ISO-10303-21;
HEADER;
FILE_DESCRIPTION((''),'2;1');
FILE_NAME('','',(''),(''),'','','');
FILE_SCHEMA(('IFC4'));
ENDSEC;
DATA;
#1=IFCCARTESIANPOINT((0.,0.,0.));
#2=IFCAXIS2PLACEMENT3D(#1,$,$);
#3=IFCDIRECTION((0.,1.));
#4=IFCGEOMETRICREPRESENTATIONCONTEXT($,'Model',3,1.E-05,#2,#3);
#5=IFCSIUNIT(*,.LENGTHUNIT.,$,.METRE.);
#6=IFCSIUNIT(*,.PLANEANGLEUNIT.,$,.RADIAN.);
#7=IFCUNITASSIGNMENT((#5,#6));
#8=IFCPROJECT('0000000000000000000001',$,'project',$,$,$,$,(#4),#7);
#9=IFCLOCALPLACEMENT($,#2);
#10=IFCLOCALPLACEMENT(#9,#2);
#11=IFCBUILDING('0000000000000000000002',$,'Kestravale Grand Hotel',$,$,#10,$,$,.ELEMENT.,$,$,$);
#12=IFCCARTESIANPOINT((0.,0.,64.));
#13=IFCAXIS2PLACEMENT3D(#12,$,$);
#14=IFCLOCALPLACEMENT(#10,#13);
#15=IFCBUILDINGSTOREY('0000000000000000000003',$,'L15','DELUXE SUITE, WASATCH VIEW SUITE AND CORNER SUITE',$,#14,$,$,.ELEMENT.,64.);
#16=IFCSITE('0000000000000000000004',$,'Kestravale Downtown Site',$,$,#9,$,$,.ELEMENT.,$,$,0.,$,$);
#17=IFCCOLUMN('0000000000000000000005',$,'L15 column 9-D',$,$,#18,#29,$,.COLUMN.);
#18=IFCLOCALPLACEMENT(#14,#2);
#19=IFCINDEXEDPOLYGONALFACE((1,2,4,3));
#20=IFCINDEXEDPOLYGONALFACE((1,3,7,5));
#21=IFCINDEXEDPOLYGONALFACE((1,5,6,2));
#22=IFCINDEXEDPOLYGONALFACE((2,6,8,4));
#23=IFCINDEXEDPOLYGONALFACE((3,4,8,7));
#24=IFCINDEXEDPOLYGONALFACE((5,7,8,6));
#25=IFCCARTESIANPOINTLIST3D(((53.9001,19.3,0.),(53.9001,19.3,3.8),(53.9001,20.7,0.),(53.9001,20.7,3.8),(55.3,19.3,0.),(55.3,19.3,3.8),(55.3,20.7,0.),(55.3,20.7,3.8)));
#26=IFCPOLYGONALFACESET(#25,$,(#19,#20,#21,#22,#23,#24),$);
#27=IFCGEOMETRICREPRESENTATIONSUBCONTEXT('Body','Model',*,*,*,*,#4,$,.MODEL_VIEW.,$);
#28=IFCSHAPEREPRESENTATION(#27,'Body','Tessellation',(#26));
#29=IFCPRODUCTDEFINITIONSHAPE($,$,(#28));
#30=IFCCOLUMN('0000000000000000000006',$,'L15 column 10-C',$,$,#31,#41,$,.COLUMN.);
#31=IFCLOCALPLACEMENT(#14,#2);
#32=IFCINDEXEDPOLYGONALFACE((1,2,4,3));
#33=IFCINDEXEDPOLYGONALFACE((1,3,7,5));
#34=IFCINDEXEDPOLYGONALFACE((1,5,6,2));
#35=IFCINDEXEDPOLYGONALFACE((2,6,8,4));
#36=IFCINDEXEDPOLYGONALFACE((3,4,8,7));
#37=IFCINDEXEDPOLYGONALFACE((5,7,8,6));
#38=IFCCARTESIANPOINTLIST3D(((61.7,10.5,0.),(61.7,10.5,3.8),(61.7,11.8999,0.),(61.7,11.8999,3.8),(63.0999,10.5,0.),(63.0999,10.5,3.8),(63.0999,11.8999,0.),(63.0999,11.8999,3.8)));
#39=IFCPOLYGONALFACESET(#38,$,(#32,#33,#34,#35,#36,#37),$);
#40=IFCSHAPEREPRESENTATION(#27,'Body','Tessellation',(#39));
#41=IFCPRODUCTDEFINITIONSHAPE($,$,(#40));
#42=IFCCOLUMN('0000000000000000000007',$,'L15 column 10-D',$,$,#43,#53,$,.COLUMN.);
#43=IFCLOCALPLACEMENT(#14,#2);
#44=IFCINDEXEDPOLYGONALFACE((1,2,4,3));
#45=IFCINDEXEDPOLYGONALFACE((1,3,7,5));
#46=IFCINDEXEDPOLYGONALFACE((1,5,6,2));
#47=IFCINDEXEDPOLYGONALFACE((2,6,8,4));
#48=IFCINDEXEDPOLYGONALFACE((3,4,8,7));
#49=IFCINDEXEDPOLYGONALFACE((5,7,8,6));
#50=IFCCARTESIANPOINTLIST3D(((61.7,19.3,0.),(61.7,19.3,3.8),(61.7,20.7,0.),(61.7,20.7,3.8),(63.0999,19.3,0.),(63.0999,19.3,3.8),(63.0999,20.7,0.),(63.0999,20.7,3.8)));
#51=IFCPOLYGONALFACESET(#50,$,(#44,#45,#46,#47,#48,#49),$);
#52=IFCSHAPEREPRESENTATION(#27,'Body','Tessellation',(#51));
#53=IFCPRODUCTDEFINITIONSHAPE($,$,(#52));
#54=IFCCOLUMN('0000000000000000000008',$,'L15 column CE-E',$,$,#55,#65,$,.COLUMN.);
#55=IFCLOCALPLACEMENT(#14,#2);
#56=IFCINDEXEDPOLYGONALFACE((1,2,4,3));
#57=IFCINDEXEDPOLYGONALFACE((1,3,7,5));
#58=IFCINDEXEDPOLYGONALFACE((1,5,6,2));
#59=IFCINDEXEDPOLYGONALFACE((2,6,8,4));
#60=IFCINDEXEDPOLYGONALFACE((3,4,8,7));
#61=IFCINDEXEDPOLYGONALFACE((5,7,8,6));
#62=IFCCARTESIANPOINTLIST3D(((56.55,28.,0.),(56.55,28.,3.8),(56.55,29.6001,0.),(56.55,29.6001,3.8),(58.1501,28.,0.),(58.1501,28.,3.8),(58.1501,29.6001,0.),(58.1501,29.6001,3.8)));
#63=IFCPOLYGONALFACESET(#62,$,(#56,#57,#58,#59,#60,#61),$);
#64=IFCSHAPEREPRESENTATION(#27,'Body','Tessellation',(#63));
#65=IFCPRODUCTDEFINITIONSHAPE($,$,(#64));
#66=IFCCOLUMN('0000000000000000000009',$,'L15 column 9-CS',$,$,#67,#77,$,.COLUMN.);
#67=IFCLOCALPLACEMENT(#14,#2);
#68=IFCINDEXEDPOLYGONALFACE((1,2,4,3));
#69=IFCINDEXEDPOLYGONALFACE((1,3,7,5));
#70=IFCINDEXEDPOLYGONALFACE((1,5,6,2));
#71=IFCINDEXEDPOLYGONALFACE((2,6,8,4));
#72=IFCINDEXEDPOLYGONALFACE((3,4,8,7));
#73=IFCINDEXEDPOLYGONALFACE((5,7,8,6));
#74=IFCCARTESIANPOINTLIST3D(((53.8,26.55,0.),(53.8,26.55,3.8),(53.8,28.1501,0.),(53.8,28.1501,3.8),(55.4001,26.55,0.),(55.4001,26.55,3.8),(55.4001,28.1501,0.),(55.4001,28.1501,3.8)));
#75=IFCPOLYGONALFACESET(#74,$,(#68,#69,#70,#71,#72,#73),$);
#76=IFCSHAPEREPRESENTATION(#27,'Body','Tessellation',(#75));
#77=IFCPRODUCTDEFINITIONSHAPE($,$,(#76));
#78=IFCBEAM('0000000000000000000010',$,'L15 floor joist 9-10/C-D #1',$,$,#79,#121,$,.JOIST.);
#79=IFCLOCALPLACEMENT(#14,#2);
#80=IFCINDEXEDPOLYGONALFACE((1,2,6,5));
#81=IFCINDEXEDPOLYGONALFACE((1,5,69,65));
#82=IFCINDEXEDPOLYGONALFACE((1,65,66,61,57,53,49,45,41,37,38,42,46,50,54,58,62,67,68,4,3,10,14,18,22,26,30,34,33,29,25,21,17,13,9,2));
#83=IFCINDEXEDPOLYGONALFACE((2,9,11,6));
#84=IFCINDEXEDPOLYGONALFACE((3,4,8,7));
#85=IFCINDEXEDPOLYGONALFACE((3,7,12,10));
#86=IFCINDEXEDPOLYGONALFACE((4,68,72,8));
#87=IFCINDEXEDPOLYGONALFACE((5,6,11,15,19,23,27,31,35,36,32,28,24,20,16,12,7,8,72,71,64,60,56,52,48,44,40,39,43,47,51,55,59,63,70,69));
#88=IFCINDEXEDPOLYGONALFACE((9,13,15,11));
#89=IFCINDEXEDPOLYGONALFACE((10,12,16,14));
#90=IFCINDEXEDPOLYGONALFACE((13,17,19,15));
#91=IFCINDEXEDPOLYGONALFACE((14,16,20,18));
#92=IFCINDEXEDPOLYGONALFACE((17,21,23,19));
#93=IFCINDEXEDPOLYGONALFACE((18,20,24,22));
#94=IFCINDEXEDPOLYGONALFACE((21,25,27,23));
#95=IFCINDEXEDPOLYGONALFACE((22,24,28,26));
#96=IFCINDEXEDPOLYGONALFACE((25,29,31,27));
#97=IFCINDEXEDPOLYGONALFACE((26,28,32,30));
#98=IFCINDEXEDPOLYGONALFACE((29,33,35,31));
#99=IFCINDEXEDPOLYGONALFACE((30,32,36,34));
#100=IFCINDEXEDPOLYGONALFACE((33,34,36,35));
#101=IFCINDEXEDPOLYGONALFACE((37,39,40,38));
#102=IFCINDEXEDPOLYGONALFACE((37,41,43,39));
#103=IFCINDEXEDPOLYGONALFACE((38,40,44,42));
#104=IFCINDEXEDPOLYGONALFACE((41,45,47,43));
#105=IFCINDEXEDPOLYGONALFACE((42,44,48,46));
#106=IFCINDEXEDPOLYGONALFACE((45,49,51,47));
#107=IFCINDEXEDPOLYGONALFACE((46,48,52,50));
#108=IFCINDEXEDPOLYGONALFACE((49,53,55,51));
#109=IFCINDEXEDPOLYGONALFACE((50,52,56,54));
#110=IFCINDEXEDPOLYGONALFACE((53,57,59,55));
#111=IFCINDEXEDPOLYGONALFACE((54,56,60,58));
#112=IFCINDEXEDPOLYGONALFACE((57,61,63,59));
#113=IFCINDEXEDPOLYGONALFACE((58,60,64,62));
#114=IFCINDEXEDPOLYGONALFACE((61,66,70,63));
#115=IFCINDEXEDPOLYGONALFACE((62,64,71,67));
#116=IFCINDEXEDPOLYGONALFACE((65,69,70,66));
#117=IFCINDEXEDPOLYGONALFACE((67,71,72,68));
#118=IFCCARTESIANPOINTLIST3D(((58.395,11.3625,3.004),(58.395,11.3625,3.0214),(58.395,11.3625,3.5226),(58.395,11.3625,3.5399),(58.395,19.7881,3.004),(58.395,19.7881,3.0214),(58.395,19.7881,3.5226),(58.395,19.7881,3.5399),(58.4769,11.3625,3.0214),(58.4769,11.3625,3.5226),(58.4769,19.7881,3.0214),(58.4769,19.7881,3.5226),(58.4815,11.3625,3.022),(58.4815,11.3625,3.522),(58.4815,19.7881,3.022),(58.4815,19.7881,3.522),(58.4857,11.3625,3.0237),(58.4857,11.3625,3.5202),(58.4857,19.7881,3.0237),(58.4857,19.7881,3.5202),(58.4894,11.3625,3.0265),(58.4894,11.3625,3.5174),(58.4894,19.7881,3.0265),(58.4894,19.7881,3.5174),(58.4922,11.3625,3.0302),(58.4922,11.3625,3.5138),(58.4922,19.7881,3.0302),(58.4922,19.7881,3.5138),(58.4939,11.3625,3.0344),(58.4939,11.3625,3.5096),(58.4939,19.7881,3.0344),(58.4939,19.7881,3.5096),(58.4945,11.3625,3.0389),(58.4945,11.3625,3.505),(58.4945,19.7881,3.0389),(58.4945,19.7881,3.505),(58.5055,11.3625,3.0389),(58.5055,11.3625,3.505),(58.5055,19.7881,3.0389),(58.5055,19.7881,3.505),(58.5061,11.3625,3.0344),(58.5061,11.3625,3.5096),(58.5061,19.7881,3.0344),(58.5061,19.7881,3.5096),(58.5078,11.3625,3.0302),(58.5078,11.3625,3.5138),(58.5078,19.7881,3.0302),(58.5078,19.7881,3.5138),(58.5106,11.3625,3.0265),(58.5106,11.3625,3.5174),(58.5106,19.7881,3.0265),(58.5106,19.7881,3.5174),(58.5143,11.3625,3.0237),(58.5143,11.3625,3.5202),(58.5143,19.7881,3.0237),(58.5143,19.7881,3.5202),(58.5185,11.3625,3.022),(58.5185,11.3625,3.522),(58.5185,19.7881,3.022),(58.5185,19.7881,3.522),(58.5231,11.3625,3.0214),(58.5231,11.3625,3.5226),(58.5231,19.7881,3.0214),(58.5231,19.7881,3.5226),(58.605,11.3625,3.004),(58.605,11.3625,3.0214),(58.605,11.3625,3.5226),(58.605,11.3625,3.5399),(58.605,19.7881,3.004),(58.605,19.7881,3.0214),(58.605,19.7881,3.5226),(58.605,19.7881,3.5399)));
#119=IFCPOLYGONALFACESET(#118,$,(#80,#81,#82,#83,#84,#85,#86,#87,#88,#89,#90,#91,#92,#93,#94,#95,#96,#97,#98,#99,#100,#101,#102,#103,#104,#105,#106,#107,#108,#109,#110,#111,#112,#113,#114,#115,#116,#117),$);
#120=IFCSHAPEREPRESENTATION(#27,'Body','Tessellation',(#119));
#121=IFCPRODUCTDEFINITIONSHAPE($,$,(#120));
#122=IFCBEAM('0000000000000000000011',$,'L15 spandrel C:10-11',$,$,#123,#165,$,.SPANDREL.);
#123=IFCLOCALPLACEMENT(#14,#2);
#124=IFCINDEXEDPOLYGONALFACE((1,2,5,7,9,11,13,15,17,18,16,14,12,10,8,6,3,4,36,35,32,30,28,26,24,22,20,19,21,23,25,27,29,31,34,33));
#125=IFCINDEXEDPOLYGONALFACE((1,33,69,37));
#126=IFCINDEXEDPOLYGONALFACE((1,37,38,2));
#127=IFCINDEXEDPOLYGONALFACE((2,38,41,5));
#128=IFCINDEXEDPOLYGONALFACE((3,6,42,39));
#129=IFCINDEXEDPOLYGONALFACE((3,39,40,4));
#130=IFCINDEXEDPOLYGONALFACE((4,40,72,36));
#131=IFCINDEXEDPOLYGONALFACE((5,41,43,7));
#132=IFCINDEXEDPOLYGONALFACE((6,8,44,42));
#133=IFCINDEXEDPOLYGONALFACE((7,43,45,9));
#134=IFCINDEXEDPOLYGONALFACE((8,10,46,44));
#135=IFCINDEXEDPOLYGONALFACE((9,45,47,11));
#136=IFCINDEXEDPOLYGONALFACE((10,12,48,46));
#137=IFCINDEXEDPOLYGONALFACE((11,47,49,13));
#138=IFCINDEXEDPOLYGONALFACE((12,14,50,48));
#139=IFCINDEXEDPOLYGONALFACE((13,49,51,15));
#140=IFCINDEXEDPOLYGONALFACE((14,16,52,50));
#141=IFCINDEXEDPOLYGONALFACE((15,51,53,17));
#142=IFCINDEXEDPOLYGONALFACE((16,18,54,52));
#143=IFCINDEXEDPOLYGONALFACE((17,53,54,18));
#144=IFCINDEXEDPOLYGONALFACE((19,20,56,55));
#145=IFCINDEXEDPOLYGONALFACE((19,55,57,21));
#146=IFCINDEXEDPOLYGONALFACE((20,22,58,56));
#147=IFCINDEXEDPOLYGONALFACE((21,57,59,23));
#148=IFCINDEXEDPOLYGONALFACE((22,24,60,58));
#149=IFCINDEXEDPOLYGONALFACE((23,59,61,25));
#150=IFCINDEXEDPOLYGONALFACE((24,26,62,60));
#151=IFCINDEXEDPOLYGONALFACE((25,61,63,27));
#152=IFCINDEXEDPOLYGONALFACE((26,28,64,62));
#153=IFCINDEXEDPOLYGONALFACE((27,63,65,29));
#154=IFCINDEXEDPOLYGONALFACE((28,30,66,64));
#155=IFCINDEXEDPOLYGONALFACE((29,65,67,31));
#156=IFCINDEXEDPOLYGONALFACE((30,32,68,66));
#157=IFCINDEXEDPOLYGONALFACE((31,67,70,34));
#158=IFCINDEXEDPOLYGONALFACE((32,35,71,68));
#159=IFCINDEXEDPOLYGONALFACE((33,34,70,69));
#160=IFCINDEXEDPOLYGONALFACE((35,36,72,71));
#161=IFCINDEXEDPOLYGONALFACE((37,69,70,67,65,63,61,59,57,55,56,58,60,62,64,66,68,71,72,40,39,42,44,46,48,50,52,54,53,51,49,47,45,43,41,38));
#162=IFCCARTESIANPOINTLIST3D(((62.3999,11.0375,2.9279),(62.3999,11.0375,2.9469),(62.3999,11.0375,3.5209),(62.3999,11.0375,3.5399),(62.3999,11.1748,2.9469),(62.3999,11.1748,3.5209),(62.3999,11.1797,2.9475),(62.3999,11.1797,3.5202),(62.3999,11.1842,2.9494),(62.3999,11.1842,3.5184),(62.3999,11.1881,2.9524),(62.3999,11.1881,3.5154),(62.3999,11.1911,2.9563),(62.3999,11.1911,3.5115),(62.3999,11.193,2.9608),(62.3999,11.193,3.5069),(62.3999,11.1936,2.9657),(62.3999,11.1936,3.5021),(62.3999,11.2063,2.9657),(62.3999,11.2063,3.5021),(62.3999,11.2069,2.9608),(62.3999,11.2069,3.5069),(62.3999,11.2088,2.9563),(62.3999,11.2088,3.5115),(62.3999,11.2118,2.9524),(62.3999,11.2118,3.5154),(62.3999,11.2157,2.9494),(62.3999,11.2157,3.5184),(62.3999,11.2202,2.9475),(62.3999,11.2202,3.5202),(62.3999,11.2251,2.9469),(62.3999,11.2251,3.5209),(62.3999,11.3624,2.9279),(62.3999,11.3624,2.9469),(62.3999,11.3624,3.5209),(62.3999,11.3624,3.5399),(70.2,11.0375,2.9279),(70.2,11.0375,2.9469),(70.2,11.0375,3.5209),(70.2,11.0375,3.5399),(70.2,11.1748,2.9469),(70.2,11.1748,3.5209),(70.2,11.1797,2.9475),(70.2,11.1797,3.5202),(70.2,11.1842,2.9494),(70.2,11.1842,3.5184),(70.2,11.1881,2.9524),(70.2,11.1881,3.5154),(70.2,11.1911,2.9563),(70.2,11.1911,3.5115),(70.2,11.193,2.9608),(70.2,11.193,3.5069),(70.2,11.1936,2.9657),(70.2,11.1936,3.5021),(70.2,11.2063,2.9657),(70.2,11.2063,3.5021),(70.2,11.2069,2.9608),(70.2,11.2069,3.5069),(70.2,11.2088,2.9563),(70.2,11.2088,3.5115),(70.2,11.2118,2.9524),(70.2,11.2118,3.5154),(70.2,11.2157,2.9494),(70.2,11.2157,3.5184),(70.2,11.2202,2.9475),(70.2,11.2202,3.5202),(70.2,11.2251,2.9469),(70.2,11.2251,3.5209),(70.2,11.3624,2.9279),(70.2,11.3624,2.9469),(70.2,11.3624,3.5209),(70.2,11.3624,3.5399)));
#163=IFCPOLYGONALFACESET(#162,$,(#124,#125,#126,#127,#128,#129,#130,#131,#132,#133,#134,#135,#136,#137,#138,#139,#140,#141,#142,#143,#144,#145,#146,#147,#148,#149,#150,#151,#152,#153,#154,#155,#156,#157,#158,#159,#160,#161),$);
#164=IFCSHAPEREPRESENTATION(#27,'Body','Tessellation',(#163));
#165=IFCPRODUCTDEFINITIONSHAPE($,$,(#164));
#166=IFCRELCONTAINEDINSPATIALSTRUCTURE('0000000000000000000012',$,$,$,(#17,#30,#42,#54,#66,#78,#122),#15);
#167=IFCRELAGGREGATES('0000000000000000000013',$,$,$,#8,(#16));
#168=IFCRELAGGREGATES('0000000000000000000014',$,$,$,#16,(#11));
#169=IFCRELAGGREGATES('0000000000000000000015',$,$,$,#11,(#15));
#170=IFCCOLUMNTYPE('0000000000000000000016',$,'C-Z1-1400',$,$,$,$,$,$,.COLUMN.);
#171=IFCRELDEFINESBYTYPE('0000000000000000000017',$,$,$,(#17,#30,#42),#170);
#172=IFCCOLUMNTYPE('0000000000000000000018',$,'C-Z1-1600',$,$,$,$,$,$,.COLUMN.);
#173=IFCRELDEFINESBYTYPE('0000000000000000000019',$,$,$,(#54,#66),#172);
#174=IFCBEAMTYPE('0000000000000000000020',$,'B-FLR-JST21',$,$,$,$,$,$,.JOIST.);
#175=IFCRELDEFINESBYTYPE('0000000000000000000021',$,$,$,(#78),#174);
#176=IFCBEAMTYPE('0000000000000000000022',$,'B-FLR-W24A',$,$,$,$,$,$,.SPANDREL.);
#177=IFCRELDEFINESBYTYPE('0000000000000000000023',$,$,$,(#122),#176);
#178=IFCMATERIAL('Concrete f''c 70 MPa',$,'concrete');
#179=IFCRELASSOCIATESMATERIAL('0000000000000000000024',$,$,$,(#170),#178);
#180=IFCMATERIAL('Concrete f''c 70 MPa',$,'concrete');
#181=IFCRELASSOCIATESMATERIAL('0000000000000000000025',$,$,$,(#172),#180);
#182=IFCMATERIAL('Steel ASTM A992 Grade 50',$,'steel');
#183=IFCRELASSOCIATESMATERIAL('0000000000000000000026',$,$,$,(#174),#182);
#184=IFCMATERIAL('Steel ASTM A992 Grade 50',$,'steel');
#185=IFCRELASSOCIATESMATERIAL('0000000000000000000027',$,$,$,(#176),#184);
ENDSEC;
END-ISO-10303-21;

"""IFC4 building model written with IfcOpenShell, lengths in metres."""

from ifc_helpers import new_model, si_unit, direction, frame, origin, origin_2d, place, context, subcontext, project, spatial, rectangle, i_section, extrude, material, material_profile, profile_set, type_object, element, save


model = new_model("IFC4")

# Units and contexts
model_context = context("Model", 3, precision=1e-05, world=origin(), true_north=direction((0.0, 1.0)))
body_context = subcontext(model_context, "Body", "Model", "MODEL_VIEW")
ifc_project = project(units=[si_unit("LENGTHUNIT", "METRE"), si_unit("PLANEANGLEUNIT", "RADIAN")], contexts=[model_context])

# Site, building, storey
site_placement = place(None, origin())
site = spatial("IfcSite", under=ifc_project, at=site_placement, Name="Kestravale Downtown Site", CompositionType="ELEMENT", RefElevation=0.0)
building_placement = place(site_placement, origin())
building = spatial("IfcBuilding", under=site, at=building_placement, Name="Kestravale Grand Hotel", CompositionType="ELEMENT")
storey_placement = place(building_placement, frame((0.0, 0.0, 64.0)))
storey = spatial("IfcBuildingStorey", under=building, at=storey_placement, Name="L15", Description="DELUXE SUITE, WASATCH VIEW SUITE AND CORNER SUITE", CompositionType="ELEMENT", Elevation=64.0)

# Columns
ifc_material_1 = material(Name="Concrete f'c 70 MPa", Category="concrete")
ifc_material_profile_1 = material_profile(ifc_material_1, rectangle(XDim=1.3999, YDim=1.3999, at=origin_2d()))
ifc_profile_set_1 = profile_set([ifc_material_profile_1], Name="Concrete f'c 70 MPa")
column_type_1 = type_object("IfcColumnType", Name="C-Z1-1400", PredefinedType="COLUMN", material=ifc_profile_set_1)
for number, where, z_axis, x_axis, name in (
    (1, (54.6001, 20.0, 0.0), (0.0, 0.0, 1.0), (1.0, 0.0, 0.0), "L15 column 9-D"),
    (2, (62.3999, 11.2, 0.0), (0.0, 0.0, 1.0), (1.0, 0.0, 0.0), "L15 column 10-C"),
    (3, (62.3999, 20.0, 0.0), (0.0, 0.0, 1.0), (1.0, 0.0, 0.0), "L15 column 10-D"),
):
    element("IfcColumn", number, at=place(storey_placement, frame(where, z_axis=z_axis, x_axis=x_axis)), inside=storey, type_object=column_type_1, Name=name, PredefinedType="COLUMN", context=body_context, shape_type="SweptSolid", body=[
        extrude(rectangle(XDim=1.3999, YDim=1.3999, at=origin_2d()), origin(), (0.0, 0.0, 1.0), 3.8),
    ])
ifc_material_2 = material(Name="Concrete f'c 70 MPa", Category="concrete")
ifc_material_profile_2 = material_profile(ifc_material_2, rectangle(XDim=1.6001, YDim=1.6001, at=origin_2d()))
ifc_profile_set_2 = profile_set([ifc_material_profile_2], Name="Concrete f'c 70 MPa")
column_type_2 = type_object("IfcColumnType", Name="C-Z1-1600", PredefinedType="COLUMN", material=ifc_profile_set_2)
for number, where, z_axis, x_axis, name in (
    (4, (57.3501, 28.8, 0.0), (0.0, 0.0, 1.0), (1.0, 0.0, 0.0), "L15 column CE-E"),
    (5, (54.6001, 27.3501, 0.0), (0.0, 0.0, 1.0), (1.0, 0.0, 0.0), "L15 column 9-CS"),
):
    element("IfcColumn", number, at=place(storey_placement, frame(where, z_axis=z_axis, x_axis=x_axis)), inside=storey, type_object=column_type_2, Name=name, PredefinedType="COLUMN", context=body_context, shape_type="SweptSolid", body=[
        extrude(rectangle(XDim=1.6001, YDim=1.6001, at=origin_2d()), origin(), (0.0, 0.0, 1.0), 3.8),
    ])

# Beams
ifc_material_3 = material(Name="Steel ASTM A992 Grade 50", Category="steel")
ifc_material_profile_3 = material_profile(ifc_material_3, i_section(OverallWidth=0.21, OverallDepth=0.5359, WebThickness=0.011, FlangeThickness=0.0173, FilletRadius=0.0176, at=origin_2d()))
ifc_profile_set_3 = profile_set([ifc_material_profile_3], Name="Steel ASTM A992 Grade 50")
beam_type_1 = type_object("IfcBeamType", Name="B-FLR-JST21", PredefinedType="JOIST", material=ifc_profile_set_3)
beam_1_placement = place(storey_placement, frame((58.5, 11.3625, 3.272), z_axis=(0.0, 1.0, 0.0), x_axis=(-1.0, 0.0, 0.0)))
element("IfcBeam", 6, at=beam_1_placement, inside=storey, type_object=beam_type_1, Name="L15 floor joist 9-10/C-D #1", PredefinedType="JOIST", context=body_context, shape_type="SweptSolid", body=[
    extrude(i_section(OverallWidth=0.21, OverallDepth=0.5359, WebThickness=0.011, FlangeThickness=0.0173, FilletRadius=0.0176, at=origin_2d()), origin(), (0.0, 0.0, 1.0), 8.4255),
])
ifc_material_4 = material(Name="Steel ASTM A992 Grade 50", Category="steel")
ifc_material_profile_4 = material_profile(ifc_material_4, i_section(OverallWidth=0.325, OverallDepth=0.6121, WebThickness=0.0127, FlangeThickness=0.019, FilletRadius=0.0188, at=origin_2d()))
ifc_profile_set_4 = profile_set([ifc_material_profile_4], Name="Steel ASTM A992 Grade 50")
beam_type_2 = type_object("IfcBeamType", Name="B-FLR-W24A", PredefinedType="SPANDREL", material=ifc_profile_set_4)
beam_2_placement = place(storey_placement, frame((62.3999, 11.2, 3.2339), z_axis=(1.0, 0.0, 0.0), x_axis=(0.0, 1.0, 0.0)))
element("IfcBeam", 7, at=beam_2_placement, inside=storey, type_object=beam_type_2, Name="L15 spandrel C:10-11", PredefinedType="SPANDREL", context=body_context, shape_type="SweptSolid", body=[
    extrude(i_section(OverallWidth=0.325, OverallDepth=0.6121, WebThickness=0.0127, FlangeThickness=0.019, FilletRadius=0.0188, at=origin_2d()), origin(), (0.0, 0.0, 1.0), 7.8),
])

save(model, "model.ifc")
